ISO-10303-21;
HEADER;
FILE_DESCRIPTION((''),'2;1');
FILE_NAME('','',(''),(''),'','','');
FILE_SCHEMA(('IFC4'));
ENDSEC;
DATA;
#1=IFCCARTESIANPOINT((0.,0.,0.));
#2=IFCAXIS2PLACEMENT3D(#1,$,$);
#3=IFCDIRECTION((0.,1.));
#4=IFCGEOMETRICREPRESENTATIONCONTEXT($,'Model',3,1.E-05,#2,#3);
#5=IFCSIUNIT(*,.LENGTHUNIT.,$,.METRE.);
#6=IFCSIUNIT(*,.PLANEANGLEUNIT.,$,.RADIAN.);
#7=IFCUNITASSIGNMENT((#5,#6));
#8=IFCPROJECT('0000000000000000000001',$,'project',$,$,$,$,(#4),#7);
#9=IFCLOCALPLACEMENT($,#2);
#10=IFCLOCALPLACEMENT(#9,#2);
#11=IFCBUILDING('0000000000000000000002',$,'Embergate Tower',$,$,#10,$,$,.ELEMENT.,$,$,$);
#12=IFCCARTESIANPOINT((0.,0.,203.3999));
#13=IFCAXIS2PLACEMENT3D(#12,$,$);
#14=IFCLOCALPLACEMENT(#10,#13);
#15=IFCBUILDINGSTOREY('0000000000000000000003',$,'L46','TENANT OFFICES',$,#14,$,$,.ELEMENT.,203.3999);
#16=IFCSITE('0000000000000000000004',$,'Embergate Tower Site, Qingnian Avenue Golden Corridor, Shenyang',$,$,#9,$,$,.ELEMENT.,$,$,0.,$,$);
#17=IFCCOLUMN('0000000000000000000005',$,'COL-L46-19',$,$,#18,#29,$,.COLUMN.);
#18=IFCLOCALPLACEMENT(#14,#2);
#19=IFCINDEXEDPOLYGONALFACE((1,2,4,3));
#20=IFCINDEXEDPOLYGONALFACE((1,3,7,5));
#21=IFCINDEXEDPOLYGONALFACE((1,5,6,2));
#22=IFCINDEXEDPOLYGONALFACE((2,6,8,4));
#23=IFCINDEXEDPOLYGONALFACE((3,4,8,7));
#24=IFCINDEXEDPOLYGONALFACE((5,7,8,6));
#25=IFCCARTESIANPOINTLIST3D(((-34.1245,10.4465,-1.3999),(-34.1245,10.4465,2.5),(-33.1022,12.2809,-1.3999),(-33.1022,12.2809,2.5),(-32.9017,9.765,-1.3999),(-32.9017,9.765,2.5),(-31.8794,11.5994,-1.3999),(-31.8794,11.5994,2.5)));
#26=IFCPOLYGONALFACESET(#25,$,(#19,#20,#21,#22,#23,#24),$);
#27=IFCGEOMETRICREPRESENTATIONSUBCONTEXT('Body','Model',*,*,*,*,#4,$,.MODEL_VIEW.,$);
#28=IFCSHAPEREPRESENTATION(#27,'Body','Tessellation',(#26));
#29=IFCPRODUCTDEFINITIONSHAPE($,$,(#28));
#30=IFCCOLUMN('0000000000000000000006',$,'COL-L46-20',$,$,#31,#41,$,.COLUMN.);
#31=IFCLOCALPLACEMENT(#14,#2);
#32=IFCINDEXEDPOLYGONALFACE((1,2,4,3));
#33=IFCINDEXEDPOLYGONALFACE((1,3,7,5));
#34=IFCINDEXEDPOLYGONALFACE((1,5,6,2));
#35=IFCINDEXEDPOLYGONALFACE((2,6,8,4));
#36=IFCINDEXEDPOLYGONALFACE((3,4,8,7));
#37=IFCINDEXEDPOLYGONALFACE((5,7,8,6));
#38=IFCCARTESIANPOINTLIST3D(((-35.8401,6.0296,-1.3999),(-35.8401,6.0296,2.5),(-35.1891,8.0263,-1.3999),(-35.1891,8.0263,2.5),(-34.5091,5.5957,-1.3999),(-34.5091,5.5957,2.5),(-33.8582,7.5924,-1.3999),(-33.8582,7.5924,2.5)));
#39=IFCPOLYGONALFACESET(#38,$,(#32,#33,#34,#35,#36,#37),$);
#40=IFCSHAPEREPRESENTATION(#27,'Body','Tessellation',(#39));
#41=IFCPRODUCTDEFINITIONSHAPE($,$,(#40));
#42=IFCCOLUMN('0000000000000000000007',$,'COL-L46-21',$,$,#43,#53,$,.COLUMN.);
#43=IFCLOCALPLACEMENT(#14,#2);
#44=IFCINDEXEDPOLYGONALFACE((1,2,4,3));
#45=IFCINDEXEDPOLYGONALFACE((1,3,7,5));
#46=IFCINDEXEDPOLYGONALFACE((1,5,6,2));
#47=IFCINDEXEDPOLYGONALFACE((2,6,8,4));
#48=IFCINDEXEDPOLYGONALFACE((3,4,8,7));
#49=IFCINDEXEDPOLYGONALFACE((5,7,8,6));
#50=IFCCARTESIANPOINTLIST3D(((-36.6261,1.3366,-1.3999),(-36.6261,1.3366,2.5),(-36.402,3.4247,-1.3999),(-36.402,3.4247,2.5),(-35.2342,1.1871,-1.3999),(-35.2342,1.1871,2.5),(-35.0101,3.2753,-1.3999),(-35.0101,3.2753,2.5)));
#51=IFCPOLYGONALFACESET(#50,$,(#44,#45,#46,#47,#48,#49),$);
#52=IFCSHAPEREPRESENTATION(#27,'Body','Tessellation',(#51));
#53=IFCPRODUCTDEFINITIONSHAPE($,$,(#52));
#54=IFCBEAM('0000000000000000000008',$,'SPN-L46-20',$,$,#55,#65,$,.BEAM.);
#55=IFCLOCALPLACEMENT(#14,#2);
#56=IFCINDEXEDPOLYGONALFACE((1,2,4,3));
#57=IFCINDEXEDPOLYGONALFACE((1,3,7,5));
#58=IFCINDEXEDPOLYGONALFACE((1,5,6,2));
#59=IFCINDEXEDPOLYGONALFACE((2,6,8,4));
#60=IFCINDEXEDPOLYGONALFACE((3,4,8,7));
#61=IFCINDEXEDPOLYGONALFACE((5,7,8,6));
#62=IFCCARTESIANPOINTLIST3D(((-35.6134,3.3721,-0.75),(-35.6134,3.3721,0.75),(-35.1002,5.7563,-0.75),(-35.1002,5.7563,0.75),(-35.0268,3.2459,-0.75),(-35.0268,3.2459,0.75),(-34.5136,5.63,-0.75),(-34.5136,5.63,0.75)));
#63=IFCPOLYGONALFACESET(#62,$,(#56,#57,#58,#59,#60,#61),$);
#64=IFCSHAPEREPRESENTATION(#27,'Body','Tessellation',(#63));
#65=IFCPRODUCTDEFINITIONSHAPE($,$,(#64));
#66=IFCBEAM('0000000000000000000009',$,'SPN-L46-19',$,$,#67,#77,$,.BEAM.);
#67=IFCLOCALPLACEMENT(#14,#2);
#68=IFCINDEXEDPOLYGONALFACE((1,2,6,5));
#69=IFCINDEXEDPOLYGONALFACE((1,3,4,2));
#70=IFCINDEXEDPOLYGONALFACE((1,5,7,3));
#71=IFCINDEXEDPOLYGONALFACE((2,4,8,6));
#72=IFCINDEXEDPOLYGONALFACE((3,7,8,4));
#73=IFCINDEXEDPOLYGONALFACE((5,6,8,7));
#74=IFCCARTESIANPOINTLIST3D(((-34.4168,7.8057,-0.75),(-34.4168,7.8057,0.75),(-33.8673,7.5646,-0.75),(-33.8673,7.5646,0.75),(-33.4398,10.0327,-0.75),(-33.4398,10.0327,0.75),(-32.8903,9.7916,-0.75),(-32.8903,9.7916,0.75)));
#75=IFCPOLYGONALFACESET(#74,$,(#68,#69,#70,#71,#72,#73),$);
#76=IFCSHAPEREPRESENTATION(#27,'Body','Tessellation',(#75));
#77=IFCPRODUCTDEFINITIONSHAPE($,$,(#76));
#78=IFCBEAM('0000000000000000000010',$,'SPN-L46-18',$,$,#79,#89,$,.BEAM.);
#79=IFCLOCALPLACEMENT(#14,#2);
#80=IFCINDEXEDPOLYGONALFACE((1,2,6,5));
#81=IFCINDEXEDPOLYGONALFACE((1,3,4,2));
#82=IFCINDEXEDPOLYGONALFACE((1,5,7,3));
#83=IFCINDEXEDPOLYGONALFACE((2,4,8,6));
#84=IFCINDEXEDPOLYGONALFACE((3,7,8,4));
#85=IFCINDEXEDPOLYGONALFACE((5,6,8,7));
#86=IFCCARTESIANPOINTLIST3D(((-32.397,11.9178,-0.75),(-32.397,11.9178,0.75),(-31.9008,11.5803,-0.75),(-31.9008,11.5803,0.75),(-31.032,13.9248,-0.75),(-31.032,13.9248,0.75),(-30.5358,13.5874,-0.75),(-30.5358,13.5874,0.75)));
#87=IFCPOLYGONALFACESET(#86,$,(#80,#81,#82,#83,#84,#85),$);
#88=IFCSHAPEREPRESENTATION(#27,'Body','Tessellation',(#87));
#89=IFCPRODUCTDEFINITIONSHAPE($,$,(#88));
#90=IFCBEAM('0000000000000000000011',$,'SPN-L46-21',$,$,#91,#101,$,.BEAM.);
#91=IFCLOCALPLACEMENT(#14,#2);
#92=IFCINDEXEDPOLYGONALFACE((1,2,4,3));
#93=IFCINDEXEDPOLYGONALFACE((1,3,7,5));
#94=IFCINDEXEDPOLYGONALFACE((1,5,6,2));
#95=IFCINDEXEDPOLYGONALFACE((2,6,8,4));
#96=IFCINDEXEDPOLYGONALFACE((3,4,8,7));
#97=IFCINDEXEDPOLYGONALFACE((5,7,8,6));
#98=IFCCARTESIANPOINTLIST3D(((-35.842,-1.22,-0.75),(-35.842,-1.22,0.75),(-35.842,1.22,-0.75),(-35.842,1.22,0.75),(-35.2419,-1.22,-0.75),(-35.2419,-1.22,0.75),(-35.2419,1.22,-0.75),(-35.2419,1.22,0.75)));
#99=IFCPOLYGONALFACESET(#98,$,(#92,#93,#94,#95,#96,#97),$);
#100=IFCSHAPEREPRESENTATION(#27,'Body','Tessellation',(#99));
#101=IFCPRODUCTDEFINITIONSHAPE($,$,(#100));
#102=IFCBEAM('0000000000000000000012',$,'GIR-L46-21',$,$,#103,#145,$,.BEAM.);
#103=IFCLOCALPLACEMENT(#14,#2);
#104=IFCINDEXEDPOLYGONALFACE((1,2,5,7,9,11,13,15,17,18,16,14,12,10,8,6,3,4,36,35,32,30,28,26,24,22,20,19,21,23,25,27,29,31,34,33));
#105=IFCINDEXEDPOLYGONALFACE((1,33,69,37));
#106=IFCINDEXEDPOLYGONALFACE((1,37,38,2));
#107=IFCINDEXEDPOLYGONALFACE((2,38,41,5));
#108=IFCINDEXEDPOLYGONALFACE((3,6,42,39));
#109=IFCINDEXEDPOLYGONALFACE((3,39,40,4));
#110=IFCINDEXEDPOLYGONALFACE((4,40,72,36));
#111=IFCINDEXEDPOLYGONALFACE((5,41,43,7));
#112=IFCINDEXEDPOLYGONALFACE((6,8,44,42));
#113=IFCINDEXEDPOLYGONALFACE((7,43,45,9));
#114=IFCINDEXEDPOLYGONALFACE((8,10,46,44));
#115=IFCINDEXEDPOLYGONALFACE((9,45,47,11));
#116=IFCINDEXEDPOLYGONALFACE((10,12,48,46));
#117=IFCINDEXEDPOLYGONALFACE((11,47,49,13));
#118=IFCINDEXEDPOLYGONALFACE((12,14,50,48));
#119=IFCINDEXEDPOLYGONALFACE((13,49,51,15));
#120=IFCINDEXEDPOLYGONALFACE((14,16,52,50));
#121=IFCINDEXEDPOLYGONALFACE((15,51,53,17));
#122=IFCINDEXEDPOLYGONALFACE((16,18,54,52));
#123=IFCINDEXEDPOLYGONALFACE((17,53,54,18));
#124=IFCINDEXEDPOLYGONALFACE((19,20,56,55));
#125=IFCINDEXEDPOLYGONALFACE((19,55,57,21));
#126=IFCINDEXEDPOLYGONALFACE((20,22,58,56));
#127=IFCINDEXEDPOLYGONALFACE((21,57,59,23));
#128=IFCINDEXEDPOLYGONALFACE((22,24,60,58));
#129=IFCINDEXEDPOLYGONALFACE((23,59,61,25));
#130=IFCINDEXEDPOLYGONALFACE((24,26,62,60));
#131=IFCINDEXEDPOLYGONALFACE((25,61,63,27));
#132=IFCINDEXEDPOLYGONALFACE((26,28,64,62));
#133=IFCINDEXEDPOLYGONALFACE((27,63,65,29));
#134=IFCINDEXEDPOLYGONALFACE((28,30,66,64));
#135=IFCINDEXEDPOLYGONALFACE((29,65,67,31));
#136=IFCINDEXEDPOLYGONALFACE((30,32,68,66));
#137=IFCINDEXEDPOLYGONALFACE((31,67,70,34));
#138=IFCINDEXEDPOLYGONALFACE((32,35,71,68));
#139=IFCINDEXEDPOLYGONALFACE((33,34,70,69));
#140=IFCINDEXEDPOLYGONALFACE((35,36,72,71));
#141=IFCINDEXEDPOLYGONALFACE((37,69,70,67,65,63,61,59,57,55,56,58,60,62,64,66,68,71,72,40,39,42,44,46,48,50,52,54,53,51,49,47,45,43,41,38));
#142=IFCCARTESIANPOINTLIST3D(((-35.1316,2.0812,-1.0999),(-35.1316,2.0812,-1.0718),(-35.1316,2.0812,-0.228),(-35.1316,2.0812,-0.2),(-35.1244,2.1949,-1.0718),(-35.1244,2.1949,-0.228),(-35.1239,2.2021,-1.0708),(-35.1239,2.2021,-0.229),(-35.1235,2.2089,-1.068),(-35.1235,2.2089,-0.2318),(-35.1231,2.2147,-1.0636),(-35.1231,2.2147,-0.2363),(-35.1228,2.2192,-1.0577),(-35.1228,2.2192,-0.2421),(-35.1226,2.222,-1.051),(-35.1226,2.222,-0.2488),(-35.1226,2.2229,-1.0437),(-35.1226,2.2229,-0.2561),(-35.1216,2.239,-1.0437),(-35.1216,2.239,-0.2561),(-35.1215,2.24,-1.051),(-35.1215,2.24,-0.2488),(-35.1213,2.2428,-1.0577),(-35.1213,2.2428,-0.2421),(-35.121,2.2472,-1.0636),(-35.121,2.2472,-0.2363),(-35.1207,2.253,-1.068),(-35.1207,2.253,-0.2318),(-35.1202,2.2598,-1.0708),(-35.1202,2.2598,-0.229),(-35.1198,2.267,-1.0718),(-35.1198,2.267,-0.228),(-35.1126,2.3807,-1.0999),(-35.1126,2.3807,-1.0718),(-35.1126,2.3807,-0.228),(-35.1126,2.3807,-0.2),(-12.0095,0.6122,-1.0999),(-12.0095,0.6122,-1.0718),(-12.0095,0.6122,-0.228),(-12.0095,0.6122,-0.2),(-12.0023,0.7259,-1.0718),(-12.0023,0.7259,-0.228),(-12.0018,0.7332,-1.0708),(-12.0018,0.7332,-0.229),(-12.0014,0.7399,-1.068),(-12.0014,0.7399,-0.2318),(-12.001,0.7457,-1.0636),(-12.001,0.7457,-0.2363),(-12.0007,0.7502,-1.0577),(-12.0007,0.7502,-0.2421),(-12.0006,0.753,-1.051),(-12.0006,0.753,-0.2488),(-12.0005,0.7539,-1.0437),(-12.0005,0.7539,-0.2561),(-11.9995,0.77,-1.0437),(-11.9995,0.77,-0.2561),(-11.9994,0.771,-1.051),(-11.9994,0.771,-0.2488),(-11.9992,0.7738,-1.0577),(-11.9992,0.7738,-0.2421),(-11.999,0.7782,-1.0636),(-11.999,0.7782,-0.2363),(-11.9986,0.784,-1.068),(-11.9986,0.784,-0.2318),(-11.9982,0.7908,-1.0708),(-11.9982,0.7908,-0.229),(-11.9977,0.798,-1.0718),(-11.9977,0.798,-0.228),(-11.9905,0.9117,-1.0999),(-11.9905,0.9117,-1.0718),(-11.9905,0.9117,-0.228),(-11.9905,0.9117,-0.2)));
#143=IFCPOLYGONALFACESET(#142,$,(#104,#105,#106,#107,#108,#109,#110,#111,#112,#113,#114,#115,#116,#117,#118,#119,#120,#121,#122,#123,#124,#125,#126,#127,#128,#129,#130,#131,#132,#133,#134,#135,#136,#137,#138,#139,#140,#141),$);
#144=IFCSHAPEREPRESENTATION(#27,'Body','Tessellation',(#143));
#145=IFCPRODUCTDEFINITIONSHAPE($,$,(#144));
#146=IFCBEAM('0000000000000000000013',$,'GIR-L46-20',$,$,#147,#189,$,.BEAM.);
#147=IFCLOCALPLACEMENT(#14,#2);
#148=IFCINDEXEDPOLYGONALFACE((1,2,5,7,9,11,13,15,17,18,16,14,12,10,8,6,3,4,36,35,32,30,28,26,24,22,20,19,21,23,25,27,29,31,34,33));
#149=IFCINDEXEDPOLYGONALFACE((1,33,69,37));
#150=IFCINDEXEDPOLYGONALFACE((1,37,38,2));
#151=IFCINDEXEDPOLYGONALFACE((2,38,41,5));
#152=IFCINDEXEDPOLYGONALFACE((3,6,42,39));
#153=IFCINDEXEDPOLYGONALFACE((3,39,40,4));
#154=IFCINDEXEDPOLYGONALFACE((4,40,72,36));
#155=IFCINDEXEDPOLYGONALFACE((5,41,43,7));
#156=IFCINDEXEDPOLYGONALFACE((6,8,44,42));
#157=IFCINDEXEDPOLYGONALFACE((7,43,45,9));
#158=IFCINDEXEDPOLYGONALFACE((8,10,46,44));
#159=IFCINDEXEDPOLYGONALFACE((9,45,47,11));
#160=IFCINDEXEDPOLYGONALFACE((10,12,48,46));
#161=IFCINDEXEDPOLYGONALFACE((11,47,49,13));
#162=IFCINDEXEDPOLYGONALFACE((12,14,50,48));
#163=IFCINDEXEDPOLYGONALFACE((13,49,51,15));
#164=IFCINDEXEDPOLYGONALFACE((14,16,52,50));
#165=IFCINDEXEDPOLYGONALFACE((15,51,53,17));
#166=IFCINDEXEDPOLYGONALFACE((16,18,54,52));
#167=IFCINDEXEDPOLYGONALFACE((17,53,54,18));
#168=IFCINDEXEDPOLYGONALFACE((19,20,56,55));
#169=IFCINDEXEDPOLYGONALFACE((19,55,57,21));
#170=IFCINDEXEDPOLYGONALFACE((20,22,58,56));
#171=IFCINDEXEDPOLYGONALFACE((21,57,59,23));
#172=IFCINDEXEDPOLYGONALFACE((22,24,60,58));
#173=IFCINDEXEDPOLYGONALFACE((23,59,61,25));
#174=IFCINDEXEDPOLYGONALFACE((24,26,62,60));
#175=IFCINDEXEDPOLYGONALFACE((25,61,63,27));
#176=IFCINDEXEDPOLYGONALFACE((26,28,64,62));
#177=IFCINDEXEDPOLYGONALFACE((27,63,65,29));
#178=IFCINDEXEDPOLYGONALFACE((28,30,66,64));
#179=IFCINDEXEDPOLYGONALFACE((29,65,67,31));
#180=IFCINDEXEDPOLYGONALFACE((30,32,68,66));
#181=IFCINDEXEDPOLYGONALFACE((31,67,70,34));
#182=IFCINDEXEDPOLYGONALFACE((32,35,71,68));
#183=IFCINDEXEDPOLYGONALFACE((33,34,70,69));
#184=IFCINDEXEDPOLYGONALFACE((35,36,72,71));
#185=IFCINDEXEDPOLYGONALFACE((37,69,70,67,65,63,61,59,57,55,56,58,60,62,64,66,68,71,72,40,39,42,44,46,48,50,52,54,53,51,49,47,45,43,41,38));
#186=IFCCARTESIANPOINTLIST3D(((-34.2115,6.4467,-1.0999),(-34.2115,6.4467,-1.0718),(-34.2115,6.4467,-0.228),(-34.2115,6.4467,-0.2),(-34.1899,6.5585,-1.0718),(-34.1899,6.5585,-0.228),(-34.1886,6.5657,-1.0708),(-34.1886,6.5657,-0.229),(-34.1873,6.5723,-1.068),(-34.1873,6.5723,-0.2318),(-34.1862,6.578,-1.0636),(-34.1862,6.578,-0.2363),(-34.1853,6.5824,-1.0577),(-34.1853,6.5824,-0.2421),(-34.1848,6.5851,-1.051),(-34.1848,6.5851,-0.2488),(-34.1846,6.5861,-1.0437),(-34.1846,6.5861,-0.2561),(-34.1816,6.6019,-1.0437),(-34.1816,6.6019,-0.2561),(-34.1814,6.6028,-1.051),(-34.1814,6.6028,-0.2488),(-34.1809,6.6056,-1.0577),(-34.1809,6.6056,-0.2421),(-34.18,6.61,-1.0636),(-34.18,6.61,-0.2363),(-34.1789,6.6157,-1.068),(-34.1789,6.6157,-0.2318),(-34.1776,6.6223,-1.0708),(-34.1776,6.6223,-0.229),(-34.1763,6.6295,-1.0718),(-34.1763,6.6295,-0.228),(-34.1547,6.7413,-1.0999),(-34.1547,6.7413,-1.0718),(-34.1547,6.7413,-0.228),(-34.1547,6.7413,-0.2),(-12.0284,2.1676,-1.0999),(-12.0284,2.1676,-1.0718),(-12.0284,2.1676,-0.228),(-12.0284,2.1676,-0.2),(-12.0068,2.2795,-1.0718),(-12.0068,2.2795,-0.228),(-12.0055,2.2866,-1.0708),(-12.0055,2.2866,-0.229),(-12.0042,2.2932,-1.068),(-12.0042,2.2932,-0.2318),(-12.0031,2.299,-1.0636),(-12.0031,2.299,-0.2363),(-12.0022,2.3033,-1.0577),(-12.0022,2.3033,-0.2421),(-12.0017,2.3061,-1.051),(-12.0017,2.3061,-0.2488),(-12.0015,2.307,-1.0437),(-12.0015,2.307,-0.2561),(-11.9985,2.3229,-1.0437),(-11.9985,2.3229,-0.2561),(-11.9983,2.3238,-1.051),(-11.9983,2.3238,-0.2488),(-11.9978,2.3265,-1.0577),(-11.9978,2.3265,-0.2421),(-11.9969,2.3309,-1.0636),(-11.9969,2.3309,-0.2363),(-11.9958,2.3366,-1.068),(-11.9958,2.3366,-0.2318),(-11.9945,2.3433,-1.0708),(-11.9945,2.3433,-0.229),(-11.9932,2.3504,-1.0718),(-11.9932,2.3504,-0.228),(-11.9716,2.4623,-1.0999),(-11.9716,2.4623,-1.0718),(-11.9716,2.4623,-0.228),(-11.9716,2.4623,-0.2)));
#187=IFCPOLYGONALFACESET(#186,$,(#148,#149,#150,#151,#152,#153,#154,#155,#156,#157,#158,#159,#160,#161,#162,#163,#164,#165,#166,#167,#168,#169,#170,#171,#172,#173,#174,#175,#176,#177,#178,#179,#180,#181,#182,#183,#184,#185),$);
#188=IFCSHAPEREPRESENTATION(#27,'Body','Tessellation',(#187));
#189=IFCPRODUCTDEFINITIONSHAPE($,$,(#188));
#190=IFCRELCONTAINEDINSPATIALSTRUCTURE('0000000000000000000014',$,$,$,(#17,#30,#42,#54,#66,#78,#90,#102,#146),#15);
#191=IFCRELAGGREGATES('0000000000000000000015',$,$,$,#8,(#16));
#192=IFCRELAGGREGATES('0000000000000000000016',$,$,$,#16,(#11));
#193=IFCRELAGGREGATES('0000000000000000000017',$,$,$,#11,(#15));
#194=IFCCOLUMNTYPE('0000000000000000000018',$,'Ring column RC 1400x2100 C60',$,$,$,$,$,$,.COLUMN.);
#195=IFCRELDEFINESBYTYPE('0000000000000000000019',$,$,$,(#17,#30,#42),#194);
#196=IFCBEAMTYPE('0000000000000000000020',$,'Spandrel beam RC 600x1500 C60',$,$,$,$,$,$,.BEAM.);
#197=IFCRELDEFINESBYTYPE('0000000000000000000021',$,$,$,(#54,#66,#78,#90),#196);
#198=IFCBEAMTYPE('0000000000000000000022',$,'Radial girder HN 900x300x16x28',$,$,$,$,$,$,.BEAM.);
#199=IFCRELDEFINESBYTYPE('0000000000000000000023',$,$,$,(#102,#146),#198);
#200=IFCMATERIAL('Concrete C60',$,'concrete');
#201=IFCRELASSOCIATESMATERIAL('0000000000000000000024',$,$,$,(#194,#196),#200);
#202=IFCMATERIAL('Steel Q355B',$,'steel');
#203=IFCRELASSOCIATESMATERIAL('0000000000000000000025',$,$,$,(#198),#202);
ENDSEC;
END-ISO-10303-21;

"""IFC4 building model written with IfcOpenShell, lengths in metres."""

from ifc_helpers import new_model, si_unit, direction, frame, origin, origin_2d, place, context, subcontext, project, spatial, rectangle, i_section, extrude, source, transform, mapped, material, material_profile, profile_set, type_object, element, save


model = new_model("IFC4")

# Units and contexts
model_context = context("Model", 3, precision=1e-05, world=origin(), true_north=direction((0.0, 1.0)))
body_context = subcontext(model_context, "Body", "Model", "MODEL_VIEW")
ifc_project = project(units=[si_unit("LENGTHUNIT", "METRE"), si_unit("PLANEANGLEUNIT", "RADIAN")], contexts=[model_context])

# Site, building, storey
site_placement = place(None, origin())
site = spatial("IfcSite", under=ifc_project, at=site_placement, Name="Embergate Tower Site, Qingnian Avenue Golden Corridor, Shenyang", CompositionType="ELEMENT", RefElevation=0.0)
building_placement = place(site_placement, origin())
building = spatial("IfcBuilding", under=site, at=building_placement, Name="Embergate Tower", CompositionType="ELEMENT")
storey_placement = place(building_placement, frame((0.0, 0.0, 203.3999)))
storey = spatial("IfcBuildingStorey", under=building, at=storey_placement, Name="L46", Description="TENANT OFFICES", CompositionType="ELEMENT", Elevation=203.3999)

# Columns
ifc_material_1 = material(Name="Concrete C60", Category="concrete")
ifc_material_profile_1 = material_profile(ifc_material_1, rectangle(XDim=1.3999, YDim=2.1001, at=origin_2d()), Name="RC 1400x2100")
ifc_profile_set_1 = profile_set([ifc_material_profile_1], Name="Concrete C60")
column_type = type_object("IfcColumnType", Name="Ring column RC 1400x2100 C60", PredefinedType="COLUMN", material=ifc_profile_set_1)
shared_shape_1 = source(origin(), body_context, "Body", "SweptSolid", [
    extrude(rectangle(XDim=1.3999, YDim=2.1001, at=origin_2d()), origin(), (0.0, 0.0, 1.0), 3.8999),
])
for number, where, z_axis, x_axis, name in (
    (1, (-33.002, 11.0229, -1.3999), (0.0, 0.0, 1.0), (-0.8735, 0.486823, 0.0), "COL-L46-19"),
    (2, (-34.8491, 6.811, -1.3999), (0.0, 0.0, 1.0), (-0.950754, 0.309946, 0.0), "COL-L46-20"),
    (3, (-35.8181, 2.3059, -1.3999), (0.0, 0.0, 1.0), (-0.994288, 0.106733, 0.0), "COL-L46-21"),
):
    element("IfcColumn", number, at=place(storey_placement, frame(where, z_axis=z_axis, x_axis=x_axis)), inside=storey, type_object=column_type, Name=name, PredefinedType="COLUMN", context=body_context, shape_type="MappedRepresentation", body=[
        mapped(shared_shape_1, transform((0.0, 0.0, 0.0))),
    ])

# Beams
ifc_material_profile_2 = material_profile(ifc_material_1, rectangle(XDim=0.6001, YDim=1.5, at=origin_2d()), Name="RC 600x1500")
ifc_profile_set_2 = profile_set([ifc_material_profile_2], Name="Concrete C60")
beam_type_1 = type_object("IfcBeamType", Name="Spandrel beam RC 600x1500 C60", PredefinedType="BEAM", material=ifc_profile_set_2)
shared_shape_2 = source(origin(), body_context, "Body", "SweptSolid", [
    extrude(rectangle(XDim=0.6001, YDim=1.5, at=origin_2d()), origin(), (0.0, 0.0, 1.0), 2.4387),
])
beam_1_placement = place(storey_placement, frame((-34.8069, 5.6931, 0.0), z_axis=(-0.210438, -0.977607, 0.0), x_axis=(0.977607, -0.210438, 0.0)))
element("IfcBeam", 4, at=beam_1_placement, inside=storey, type_object=beam_type_1, Name="SPN-L46-20", PredefinedType="BEAM", context=body_context, shape_type="MappedRepresentation", body=[
    mapped(shared_shape_2, transform((0.0, 0.0, 0.0))),
])
shared_shape_3 = source(origin(), body_context, "Body", "SweptSolid", [
    extrude(rectangle(XDim=0.6001, YDim=1.5, at=origin_2d()), origin(), (0.0, 0.0, 1.0), 2.4319),
])
beam_2_placement = place(storey_placement, frame((-33.165, 9.9121, 0.0), z_axis=(-0.401756, -0.915747, 0.0), x_axis=(0.915747, -0.401756, 0.0)))
element("IfcBeam", 5, at=beam_2_placement, inside=storey, type_object=beam_type_1, Name="SPN-L46-19", PredefinedType="BEAM", context=body_context, shape_type="MappedRepresentation", body=[
    mapped(shared_shape_3, transform((0.0, 0.0, 0.0))),
])
shared_shape_4 = source(origin(), body_context, "Body", "SweptSolid", [
    extrude(rectangle(XDim=0.6001, YDim=1.5, at=origin_2d()), origin(), (0.0, 0.0, 1.0), 2.4272),
])
beam_3_placement = place(storey_placement, frame((-30.7839, 13.7561, 0.0), z_axis=(-0.56236, -0.826893, 0.0), x_axis=(0.826893, -0.56236, 0.0)))
element("IfcBeam", 6, at=beam_3_placement, inside=storey, type_object=beam_type_1, Name="SPN-L46-18", PredefinedType="BEAM", context=body_context, shape_type="MappedRepresentation", body=[
    mapped(shared_shape_4, transform((0.0, 0.0, 0.0))),
])
shared_shape_5 = source(origin(), body_context, "Body", "SweptSolid", [
    extrude(rectangle(XDim=0.6001, YDim=1.5, at=origin_2d()), origin(), (0.0, 0.0, 1.0), 2.4399),
])
beam_4_placement = place(storey_placement, frame((-35.542, 1.22, 0.0), z_axis=(0.0, -1.0, 0.0), x_axis=(1.0, 0.0, 0.0)))
element("IfcBeam", 7, at=beam_4_placement, inside=storey, type_object=beam_type_1, Name="SPN-L46-21", PredefinedType="BEAM", context=body_context, shape_type="MappedRepresentation", body=[
    mapped(shared_shape_5, transform((0.0, 0.0, 0.0))),
])
ifc_material_2 = material(Name="Steel Q355B", Category="steel")
ifc_material_profile_3 = material_profile(ifc_material_2, i_section(OverallWidth=0.3, OverallDepth=0.8999, WebThickness=0.0161, FlangeThickness=0.0281, FilletRadius=0.0281, at=origin_2d()), Name="HN 900x300x16x28")
ifc_profile_set_3 = profile_set([ifc_material_profile_3], Name="Steel Q355 grade B")
beam_type_2 = type_object("IfcBeamType", Name="Radial girder HN 900x300x16x28", PredefinedType="BEAM", material=ifc_profile_set_3)
shared_shape_6 = source(origin(), body_context, "Body", "SweptSolid", [
    extrude(i_section(OverallWidth=0.3, OverallDepth=0.8999, WebThickness=0.0161, FlangeThickness=0.0281, FilletRadius=0.0281, at=origin_2d()), origin(), (0.0, 0.0, 1.0), 23.1687),
])
beam_5_placement = place(storey_placement, frame((-35.1221, 2.231, -0.6499), z_axis=(0.997988, -0.063404, 0.0), x_axis=(0.063404, 0.997988, 0.0)))
element("IfcBeam", 8, at=beam_5_placement, inside=storey, type_object=beam_type_2, Name="GIR-L46-21", PredefinedType="BEAM", context=body_context, shape_type="MappedRepresentation", body=[
    mapped(shared_shape_6, transform((0.0, 0.0, 0.0))),
])
shared_shape_7 = source(origin(), body_context, "Body", "SweptSolid", [
    extrude(i_section(OverallWidth=0.3, OverallDepth=0.8999, WebThickness=0.0161, FlangeThickness=0.0281, FilletRadius=0.0281, at=origin_2d()), origin(), (0.0, 0.0, 1.0), 22.592),
])
beam_6_placement = place(storey_placement, frame((-34.1831, 6.594, -0.6499), z_axis=(0.981899, -0.189405, 0.0), x_axis=(0.189405, 0.981899, 0.0)))
element("IfcBeam", 9, at=beam_6_placement, inside=storey, type_object=beam_type_2, Name="GIR-L46-20", PredefinedType="BEAM", context=body_context, shape_type="MappedRepresentation", body=[
    mapped(shared_shape_7, transform((0.0, 0.0, 0.0))),
])

save(model, "model.ifc")
